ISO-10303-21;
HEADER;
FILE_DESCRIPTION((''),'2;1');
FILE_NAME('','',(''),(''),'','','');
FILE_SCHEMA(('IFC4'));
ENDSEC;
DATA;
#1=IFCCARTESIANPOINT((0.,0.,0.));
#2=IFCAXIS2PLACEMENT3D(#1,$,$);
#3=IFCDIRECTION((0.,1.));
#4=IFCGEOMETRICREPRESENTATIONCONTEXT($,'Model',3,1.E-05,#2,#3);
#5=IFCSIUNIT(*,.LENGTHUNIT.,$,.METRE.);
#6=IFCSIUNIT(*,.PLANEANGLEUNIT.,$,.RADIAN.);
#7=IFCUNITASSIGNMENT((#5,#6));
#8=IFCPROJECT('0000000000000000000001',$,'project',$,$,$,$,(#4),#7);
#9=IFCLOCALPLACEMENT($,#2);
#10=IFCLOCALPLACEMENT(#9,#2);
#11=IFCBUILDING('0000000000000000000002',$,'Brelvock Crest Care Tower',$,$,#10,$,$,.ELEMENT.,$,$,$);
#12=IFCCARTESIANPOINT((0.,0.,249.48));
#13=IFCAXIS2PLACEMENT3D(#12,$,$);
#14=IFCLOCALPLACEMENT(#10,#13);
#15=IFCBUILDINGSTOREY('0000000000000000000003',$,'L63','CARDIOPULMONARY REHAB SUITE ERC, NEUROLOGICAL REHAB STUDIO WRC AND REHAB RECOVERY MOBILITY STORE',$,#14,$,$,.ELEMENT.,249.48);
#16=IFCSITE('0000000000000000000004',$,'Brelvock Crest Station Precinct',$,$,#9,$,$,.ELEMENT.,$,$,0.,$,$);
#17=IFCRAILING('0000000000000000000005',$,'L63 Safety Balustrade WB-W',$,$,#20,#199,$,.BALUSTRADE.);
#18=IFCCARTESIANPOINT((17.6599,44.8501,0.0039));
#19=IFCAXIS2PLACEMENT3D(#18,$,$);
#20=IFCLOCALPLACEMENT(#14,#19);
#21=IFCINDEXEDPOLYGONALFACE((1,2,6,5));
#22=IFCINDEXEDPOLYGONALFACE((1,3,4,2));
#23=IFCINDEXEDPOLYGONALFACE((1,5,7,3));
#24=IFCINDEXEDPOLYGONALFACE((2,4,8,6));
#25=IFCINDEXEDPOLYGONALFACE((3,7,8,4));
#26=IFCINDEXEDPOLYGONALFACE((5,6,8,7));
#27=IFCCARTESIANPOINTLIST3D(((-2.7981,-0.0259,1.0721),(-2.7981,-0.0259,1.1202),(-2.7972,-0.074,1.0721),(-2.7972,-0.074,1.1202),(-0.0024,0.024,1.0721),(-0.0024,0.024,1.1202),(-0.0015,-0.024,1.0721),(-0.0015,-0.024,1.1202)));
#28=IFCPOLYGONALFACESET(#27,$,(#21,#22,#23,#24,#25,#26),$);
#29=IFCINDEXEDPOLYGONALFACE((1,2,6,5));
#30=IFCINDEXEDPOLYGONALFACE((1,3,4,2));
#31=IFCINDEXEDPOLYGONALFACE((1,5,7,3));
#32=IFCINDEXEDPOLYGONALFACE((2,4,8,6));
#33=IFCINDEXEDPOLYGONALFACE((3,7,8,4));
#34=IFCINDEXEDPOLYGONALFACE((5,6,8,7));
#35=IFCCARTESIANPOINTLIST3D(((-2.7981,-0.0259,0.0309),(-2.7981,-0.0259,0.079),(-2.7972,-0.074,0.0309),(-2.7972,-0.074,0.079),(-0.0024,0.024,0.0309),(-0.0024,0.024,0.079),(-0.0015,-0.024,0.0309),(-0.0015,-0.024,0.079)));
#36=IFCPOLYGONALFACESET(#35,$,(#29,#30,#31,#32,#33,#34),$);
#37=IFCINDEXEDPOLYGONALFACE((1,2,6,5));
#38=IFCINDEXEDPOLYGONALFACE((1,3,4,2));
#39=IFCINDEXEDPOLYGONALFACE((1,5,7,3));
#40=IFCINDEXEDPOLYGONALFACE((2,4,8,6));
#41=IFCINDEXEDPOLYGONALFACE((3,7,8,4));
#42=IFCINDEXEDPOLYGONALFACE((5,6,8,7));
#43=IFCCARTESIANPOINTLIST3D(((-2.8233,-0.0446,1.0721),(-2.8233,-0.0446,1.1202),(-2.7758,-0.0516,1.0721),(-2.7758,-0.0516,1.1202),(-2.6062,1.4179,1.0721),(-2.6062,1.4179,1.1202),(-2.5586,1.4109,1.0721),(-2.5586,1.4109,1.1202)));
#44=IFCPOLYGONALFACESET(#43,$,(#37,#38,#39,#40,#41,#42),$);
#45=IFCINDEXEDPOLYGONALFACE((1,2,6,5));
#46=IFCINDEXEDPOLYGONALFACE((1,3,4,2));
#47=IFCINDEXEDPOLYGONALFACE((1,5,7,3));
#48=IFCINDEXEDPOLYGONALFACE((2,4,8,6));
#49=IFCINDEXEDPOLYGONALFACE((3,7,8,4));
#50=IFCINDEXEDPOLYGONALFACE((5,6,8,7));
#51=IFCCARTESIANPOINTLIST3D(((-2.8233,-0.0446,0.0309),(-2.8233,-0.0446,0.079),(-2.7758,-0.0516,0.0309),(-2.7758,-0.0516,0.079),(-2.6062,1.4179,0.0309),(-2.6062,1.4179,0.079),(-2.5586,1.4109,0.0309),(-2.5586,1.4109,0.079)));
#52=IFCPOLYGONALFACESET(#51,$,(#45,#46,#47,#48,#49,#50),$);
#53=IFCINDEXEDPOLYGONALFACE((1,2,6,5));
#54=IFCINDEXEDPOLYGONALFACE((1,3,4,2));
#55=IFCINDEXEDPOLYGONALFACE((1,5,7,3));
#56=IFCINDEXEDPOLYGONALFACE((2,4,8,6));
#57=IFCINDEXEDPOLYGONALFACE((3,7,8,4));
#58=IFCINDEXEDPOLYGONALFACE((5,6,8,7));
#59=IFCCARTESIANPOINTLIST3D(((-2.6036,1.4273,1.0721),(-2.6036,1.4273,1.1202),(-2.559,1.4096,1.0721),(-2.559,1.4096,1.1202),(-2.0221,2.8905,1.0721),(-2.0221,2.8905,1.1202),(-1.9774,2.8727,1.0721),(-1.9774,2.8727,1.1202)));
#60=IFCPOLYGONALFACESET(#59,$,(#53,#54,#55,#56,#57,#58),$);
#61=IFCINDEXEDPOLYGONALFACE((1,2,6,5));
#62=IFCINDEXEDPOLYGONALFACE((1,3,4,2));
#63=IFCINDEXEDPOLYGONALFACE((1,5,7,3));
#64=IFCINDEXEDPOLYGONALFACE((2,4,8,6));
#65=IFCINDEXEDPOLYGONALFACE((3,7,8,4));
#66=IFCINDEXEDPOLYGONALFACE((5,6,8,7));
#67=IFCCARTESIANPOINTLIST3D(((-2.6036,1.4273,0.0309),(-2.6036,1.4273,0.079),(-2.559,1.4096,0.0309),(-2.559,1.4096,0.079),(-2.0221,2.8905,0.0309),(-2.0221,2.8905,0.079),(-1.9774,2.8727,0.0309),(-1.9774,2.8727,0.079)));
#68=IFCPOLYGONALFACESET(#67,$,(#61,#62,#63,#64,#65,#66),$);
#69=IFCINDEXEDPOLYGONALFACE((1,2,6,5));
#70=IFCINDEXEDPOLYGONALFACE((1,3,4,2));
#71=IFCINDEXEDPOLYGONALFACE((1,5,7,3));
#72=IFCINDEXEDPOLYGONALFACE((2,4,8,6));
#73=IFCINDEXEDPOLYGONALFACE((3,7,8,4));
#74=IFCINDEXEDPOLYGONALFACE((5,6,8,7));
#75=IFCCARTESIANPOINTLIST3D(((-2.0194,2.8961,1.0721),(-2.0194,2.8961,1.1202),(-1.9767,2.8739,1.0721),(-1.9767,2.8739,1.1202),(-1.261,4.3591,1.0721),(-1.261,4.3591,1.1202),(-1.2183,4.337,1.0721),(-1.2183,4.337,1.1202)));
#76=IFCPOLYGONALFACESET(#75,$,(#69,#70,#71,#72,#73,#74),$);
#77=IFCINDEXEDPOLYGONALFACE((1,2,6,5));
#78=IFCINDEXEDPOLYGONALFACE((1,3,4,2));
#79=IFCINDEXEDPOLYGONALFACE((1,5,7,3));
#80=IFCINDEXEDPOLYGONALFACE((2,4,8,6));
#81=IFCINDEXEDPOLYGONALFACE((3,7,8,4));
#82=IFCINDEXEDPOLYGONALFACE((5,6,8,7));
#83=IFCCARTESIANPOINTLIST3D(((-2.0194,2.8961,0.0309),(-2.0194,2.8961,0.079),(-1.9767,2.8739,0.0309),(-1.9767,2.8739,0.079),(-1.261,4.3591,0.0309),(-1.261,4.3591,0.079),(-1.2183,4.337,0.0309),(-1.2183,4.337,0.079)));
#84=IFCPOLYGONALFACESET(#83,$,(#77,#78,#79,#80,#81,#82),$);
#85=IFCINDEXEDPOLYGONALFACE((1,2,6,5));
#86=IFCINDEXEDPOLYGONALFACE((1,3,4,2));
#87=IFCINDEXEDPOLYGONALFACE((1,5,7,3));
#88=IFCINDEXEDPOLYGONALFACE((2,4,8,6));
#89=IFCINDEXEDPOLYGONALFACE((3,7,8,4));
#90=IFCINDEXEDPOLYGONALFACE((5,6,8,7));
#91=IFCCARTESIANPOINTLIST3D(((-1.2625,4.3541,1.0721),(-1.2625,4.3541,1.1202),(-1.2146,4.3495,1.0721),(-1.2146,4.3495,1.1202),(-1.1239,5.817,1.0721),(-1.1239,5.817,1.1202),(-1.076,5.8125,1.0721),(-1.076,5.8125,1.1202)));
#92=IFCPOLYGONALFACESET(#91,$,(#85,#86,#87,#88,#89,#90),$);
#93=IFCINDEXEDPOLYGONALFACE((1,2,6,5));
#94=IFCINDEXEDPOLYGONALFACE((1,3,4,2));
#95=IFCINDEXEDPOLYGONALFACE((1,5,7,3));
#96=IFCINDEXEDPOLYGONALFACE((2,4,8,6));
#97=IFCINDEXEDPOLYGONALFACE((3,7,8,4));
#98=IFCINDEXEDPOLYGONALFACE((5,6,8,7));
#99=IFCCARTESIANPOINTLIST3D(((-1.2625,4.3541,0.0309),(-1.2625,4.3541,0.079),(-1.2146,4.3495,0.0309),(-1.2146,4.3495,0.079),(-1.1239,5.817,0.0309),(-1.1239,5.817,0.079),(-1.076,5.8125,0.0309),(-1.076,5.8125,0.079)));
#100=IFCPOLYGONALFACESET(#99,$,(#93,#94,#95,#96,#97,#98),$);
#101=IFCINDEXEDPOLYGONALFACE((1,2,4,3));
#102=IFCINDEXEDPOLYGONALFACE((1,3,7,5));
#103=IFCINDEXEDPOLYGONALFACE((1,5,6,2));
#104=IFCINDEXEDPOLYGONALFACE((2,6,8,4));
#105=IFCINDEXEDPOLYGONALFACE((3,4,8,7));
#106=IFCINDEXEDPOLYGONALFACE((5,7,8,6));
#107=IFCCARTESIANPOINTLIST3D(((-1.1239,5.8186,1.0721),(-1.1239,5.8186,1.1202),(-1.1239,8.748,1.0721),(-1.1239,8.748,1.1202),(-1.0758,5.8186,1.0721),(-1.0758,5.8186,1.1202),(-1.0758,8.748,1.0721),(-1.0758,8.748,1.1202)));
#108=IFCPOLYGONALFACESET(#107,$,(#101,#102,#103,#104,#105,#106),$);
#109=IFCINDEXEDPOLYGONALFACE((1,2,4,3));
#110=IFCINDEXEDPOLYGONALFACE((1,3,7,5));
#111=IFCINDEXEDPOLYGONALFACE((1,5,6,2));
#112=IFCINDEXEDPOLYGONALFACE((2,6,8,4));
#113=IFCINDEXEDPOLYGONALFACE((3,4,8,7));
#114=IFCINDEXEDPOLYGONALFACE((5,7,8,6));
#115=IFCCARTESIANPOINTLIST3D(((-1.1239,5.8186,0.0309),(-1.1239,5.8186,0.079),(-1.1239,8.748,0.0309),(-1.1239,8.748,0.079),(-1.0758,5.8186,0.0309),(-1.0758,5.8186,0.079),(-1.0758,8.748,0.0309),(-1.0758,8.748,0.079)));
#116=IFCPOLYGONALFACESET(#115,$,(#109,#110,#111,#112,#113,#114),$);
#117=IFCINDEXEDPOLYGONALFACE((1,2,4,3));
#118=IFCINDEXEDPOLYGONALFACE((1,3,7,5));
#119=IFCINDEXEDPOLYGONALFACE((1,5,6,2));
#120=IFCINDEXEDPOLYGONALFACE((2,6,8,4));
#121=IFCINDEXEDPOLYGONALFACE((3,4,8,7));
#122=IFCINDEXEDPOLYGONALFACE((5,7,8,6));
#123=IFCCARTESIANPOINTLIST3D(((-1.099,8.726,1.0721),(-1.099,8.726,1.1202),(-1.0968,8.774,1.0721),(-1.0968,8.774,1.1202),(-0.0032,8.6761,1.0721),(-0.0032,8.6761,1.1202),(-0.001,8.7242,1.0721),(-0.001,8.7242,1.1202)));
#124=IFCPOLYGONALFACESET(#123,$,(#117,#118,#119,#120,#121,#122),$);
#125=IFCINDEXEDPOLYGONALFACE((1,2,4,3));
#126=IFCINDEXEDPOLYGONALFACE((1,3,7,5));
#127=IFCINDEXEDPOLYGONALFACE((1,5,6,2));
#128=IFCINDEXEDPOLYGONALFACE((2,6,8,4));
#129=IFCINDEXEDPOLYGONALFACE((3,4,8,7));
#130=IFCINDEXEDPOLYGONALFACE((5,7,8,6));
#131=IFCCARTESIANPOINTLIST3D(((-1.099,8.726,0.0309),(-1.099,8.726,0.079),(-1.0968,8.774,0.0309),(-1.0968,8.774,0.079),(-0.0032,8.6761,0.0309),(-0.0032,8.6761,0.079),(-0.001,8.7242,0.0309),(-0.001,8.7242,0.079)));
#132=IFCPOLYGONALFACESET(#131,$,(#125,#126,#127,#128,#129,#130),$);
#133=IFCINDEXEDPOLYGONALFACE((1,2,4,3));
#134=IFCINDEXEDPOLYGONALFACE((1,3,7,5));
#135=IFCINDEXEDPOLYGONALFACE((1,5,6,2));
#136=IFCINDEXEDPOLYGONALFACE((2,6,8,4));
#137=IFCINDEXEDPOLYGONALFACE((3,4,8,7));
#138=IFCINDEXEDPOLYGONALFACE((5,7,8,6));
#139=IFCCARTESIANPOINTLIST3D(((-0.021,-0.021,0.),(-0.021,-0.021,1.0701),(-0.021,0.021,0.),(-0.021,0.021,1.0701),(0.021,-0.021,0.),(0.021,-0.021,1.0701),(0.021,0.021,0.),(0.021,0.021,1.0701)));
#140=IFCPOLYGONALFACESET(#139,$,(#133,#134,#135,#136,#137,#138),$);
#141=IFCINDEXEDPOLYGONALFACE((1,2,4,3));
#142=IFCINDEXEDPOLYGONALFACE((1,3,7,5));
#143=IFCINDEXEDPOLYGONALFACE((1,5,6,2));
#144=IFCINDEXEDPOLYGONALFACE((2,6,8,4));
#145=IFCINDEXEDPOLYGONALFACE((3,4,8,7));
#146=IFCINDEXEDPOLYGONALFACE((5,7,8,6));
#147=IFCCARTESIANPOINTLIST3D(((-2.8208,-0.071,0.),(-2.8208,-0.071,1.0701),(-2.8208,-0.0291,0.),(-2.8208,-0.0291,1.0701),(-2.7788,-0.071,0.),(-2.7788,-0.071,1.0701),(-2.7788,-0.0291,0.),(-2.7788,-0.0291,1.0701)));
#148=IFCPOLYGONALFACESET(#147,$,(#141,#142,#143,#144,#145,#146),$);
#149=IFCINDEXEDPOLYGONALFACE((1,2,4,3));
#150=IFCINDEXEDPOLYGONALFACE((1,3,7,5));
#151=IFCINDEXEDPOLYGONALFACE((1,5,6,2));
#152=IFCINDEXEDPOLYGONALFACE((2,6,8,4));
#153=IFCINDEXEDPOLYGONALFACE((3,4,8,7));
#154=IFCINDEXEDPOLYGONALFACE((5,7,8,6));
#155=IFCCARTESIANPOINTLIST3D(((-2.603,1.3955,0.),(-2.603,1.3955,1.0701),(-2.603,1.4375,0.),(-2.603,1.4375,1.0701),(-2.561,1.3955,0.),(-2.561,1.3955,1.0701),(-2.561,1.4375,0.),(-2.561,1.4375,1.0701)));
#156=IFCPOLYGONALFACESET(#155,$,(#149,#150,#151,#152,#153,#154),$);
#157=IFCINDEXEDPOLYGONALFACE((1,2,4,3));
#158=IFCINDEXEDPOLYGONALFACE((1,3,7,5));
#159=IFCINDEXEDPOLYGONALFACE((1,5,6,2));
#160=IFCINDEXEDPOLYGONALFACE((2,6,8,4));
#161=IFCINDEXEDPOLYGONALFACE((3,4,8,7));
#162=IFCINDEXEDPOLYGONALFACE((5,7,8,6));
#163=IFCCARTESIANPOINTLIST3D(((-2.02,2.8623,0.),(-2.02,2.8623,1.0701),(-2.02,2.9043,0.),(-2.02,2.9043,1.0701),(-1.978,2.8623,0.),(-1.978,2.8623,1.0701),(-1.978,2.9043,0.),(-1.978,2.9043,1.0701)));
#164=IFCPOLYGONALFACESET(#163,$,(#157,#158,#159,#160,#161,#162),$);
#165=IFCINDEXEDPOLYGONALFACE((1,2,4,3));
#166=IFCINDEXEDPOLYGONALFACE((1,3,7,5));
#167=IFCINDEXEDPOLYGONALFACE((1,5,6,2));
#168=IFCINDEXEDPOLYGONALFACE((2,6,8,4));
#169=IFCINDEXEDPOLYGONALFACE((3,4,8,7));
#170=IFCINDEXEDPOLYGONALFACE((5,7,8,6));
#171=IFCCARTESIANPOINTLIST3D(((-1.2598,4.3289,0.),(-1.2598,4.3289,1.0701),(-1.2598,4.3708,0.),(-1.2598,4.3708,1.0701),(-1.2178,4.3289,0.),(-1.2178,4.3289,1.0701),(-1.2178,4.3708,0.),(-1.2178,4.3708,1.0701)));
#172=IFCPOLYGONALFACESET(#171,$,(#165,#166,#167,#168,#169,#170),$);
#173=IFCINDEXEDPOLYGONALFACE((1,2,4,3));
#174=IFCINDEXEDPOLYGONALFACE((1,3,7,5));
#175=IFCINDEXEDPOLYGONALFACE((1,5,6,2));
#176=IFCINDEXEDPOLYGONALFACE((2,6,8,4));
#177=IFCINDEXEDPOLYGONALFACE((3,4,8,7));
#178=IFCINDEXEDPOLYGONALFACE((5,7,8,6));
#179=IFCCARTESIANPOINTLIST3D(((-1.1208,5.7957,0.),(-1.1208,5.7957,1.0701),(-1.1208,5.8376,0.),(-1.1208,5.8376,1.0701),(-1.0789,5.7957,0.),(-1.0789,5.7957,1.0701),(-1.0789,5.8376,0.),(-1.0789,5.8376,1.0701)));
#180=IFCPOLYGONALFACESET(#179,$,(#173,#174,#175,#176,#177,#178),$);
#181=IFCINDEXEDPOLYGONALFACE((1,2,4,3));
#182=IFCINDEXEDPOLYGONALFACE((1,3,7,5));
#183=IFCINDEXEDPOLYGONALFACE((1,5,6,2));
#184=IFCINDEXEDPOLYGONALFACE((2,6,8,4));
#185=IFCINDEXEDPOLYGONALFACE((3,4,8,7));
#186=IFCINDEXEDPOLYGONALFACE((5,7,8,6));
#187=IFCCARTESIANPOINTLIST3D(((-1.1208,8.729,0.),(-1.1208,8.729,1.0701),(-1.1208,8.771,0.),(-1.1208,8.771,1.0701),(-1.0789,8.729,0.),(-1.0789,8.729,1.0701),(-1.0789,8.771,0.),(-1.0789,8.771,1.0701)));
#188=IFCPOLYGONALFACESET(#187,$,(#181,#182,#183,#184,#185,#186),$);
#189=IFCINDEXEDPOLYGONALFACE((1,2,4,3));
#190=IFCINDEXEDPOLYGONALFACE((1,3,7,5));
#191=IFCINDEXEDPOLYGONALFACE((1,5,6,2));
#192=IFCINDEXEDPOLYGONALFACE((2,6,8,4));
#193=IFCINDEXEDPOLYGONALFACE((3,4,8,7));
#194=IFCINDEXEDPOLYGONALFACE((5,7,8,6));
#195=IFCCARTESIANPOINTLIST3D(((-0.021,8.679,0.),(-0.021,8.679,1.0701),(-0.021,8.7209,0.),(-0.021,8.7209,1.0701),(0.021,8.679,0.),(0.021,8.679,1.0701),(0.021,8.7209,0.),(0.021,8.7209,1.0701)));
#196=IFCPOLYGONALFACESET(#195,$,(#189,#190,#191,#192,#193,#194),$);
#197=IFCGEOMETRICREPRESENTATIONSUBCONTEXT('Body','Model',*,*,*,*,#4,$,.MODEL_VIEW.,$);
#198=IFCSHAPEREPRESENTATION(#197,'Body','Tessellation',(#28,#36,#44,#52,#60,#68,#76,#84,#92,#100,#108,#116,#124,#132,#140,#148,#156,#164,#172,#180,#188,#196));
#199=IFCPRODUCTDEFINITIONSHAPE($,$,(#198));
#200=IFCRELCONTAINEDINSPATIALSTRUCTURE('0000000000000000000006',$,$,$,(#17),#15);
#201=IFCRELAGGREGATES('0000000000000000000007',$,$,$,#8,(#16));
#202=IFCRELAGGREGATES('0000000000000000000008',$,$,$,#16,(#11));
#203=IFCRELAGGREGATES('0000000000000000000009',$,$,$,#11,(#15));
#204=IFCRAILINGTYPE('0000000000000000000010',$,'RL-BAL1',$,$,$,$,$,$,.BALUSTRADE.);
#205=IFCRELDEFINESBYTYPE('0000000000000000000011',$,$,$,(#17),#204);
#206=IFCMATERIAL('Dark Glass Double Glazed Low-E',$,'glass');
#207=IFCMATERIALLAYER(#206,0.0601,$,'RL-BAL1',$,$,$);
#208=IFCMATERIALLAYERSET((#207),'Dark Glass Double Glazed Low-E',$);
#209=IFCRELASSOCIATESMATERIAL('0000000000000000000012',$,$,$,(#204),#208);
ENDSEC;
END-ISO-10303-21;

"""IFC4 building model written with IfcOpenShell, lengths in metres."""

from ifc_helpers import new_model, si_unit, direction, frame, origin, origin_2d, place, context, subcontext, project, spatial, rectangle, extrude, material, layer, layer_set, type_object, element, save


model = new_model("IFC4")

# Units and contexts
model_context = context("Model", 3, precision=1e-05, world=origin(), true_north=direction((0.0, 1.0)))
body_context = subcontext(model_context, "Body", "Model", "MODEL_VIEW")
ifc_project = project(units=[si_unit("LENGTHUNIT", "METRE"), si_unit("PLANEANGLEUNIT", "RADIAN")], contexts=[model_context])

# Site, building, storey
site_placement = place(None, origin())
site = spatial("IfcSite", under=ifc_project, at=site_placement, Name="Brelvock Crest Station Precinct", CompositionType="ELEMENT", RefElevation=0.0)
building_placement = place(site_placement, origin())
building = spatial("IfcBuilding", under=site, at=building_placement, Name="Brelvock Crest Care Tower", CompositionType="ELEMENT")
storey_placement = place(building_placement, frame((0.0, 0.0, 249.48)))
storey = spatial("IfcBuildingStorey", under=building, at=storey_placement, Name="L63", Description="CARDIOPULMONARY REHAB SUITE ERC, NEUROLOGICAL REHAB STUDIO WRC AND REHAB RECOVERY MOBILITY STORE", CompositionType="ELEMENT", Elevation=249.48)

# Shared definitions
ifc_material_1 = material(Name="Dark Glass Double Glazed Low-E", Category="glass")

# Railing
ifc_layer_1 = layer(ifc_material_1, 0.0601, Name="RL-BAL1")
ifc_layer_set_1 = layer_set([ifc_layer_1], Name="Dark Glass Double Glazed Low-E")
railing_type = type_object("IfcRailingType", Name="RL-BAL1", PredefinedType="BALUSTRADE", material=ifc_layer_set_1)
railing_placement = place(storey_placement, frame((17.6599, 44.8501, 0.0039)))
element("IfcRailing", 1, at=railing_placement, inside=storey, type_object=railing_type, Name="L63 Safety Balustrade WB-W", PredefinedType="BALUSTRADE", context=body_context, shape_type="SweptSolid", body=[
    extrude(rectangle(XDim=0.0481, YDim=0.0481, at=origin_2d()), frame((-0.002, 0.0, 1.0962), z_axis=(-0.99984, -0.017873, 0.0), x_axis=(0.017873, -0.99984, 0.0)), (0.0, 0.0, 1.0), 2.7961),
    extrude(rectangle(XDim=0.0481, YDim=0.0481, at=origin_2d()), frame((-0.002, 0.0, 0.0549), z_axis=(-0.99984, -0.017873, 0.0), x_axis=(0.017873, -0.99984, 0.0)), (0.0, 0.0, 1.0), 2.7961),
    extrude(rectangle(XDim=0.0481, YDim=0.0481, at=origin_2d()), frame((-2.7996, -0.0481, 1.0962), z_axis=(0.146883, 0.989154, 0.0), x_axis=(-0.989154, 0.146883, 0.0)), (0.0, 0.0, 1.0), 1.4785),
    extrude(rectangle(XDim=0.0481, YDim=0.0481, at=origin_2d()), frame((-2.7996, -0.0481, 0.0549), z_axis=(0.146883, 0.989154, 0.0), x_axis=(-0.989154, 0.146883, 0.0)), (0.0, 0.0, 1.0), 1.4785),
    extrude(rectangle(XDim=0.0481, YDim=0.0481, at=origin_2d()), frame((-2.5813, 1.4185, 1.0962), z_axis=(0.369363, 0.929285, 0.0), x_axis=(-0.929285, 0.369363, 0.0)), (0.0, 0.0, 1.0), 1.5745),
    extrude(rectangle(XDim=0.0481, YDim=0.0481, at=origin_2d()), frame((-2.5813, 1.4185, 0.0549), z_axis=(0.369363, 0.929285, 0.0), x_axis=(-0.929285, 0.369363, 0.0)), (0.0, 0.0, 1.0), 1.5745),
    extrude(rectangle(XDim=0.0481, YDim=0.0481, at=origin_2d()), frame((-1.998, 2.885, 1.0962), z_axis=(0.460231, 0.887799, 0.0), x_axis=(-0.887799, 0.460231, 0.0)), (0.0, 0.0, 1.0), 1.6479),
    extrude(rectangle(XDim=0.0481, YDim=0.0481, at=origin_2d()), frame((-1.998, 2.885, 0.0549), z_axis=(0.460231, 0.887799, 0.0), x_axis=(-0.887799, 0.460231, 0.0)), (0.0, 0.0, 1.0), 1.6479),
    extrude(rectangle(XDim=0.0481, YDim=0.0481, at=origin_2d()), frame((-1.2385, 4.3518, 1.0962), z_axis=(0.094285, 0.995545, 0.0), x_axis=(-0.995545, 0.094285, 0.0)), (0.0, 0.0, 1.0), 1.4695),
    extrude(rectangle(XDim=0.0481, YDim=0.0481, at=origin_2d()), frame((-1.2385, 4.3518, 0.0549), z_axis=(0.094285, 0.995545, 0.0), x_axis=(-0.995545, 0.094285, 0.0)), (0.0, 0.0, 1.0), 1.4695),
    extrude(rectangle(XDim=0.0481, YDim=0.0481, at=origin_2d()), frame((-1.0999, 5.8186, 1.0962), z_axis=(0.0, 1.0, 0.0), x_axis=(-1.0, 0.0, 0.0)), (0.0, 0.0, 1.0), 2.9294),
    extrude(rectangle(XDim=0.0481, YDim=0.0481, at=origin_2d()), frame((-1.0999, 5.8186, 0.0549), z_axis=(0.0, 1.0, 0.0), x_axis=(-1.0, 0.0, 0.0)), (0.0, 0.0, 1.0), 2.9294),
    extrude(rectangle(XDim=0.0481, YDim=0.0481, at=origin_2d()), frame((-1.0979, 8.75, 1.0962), z_axis=(0.998966, -0.045458, 0.0), x_axis=(0.045458, 0.998966, 0.0)), (0.0, 0.0, 1.0), 1.0969),
    extrude(rectangle(XDim=0.0481, YDim=0.0481, at=origin_2d()), frame((-1.0979, 8.75, 0.0549), z_axis=(0.998966, -0.045458, 0.0), x_axis=(0.045458, 0.998966, 0.0)), (0.0, 0.0, 1.0), 1.0969),
    extrude(rectangle(XDim=0.042, YDim=0.042, at=origin_2d()), origin(), (0.0, 0.0, 1.0), 1.0701),
    extrude(rectangle(XDim=0.042, YDim=0.042, at=origin_2d()), frame((-2.7998, -0.05, 0.0)), (0.0, 0.0, 1.0), 1.0701),
    extrude(rectangle(XDim=0.042, YDim=0.042, at=origin_2d()), frame((-2.582, 1.4165, 0.0)), (0.0, 0.0, 1.0), 1.0701),
    extrude(rectangle(XDim=0.042, YDim=0.042, at=origin_2d()), frame((-1.999, 2.8833, 0.0)), (0.0, 0.0, 1.0), 1.0701),
    extrude(rectangle(XDim=0.042, YDim=0.042, at=origin_2d()), frame((-1.2388, 4.3499, 0.0)), (0.0, 0.0, 1.0), 1.0701),
    extrude(rectangle(XDim=0.042, YDim=0.042, at=origin_2d()), frame((-1.0999, 5.8167, 0.0)), (0.0, 0.0, 1.0), 1.0701),
    extrude(rectangle(XDim=0.042, YDim=0.042, at=origin_2d()), frame((-1.0999, 8.75, 0.0)), (0.0, 0.0, 1.0), 1.0701),
    extrude(rectangle(XDim=0.042, YDim=0.042, at=origin_2d()), frame((0.0, 8.7, 0.0)), (0.0, 0.0, 1.0), 1.0701),
])

save(model, "model.ifc")
